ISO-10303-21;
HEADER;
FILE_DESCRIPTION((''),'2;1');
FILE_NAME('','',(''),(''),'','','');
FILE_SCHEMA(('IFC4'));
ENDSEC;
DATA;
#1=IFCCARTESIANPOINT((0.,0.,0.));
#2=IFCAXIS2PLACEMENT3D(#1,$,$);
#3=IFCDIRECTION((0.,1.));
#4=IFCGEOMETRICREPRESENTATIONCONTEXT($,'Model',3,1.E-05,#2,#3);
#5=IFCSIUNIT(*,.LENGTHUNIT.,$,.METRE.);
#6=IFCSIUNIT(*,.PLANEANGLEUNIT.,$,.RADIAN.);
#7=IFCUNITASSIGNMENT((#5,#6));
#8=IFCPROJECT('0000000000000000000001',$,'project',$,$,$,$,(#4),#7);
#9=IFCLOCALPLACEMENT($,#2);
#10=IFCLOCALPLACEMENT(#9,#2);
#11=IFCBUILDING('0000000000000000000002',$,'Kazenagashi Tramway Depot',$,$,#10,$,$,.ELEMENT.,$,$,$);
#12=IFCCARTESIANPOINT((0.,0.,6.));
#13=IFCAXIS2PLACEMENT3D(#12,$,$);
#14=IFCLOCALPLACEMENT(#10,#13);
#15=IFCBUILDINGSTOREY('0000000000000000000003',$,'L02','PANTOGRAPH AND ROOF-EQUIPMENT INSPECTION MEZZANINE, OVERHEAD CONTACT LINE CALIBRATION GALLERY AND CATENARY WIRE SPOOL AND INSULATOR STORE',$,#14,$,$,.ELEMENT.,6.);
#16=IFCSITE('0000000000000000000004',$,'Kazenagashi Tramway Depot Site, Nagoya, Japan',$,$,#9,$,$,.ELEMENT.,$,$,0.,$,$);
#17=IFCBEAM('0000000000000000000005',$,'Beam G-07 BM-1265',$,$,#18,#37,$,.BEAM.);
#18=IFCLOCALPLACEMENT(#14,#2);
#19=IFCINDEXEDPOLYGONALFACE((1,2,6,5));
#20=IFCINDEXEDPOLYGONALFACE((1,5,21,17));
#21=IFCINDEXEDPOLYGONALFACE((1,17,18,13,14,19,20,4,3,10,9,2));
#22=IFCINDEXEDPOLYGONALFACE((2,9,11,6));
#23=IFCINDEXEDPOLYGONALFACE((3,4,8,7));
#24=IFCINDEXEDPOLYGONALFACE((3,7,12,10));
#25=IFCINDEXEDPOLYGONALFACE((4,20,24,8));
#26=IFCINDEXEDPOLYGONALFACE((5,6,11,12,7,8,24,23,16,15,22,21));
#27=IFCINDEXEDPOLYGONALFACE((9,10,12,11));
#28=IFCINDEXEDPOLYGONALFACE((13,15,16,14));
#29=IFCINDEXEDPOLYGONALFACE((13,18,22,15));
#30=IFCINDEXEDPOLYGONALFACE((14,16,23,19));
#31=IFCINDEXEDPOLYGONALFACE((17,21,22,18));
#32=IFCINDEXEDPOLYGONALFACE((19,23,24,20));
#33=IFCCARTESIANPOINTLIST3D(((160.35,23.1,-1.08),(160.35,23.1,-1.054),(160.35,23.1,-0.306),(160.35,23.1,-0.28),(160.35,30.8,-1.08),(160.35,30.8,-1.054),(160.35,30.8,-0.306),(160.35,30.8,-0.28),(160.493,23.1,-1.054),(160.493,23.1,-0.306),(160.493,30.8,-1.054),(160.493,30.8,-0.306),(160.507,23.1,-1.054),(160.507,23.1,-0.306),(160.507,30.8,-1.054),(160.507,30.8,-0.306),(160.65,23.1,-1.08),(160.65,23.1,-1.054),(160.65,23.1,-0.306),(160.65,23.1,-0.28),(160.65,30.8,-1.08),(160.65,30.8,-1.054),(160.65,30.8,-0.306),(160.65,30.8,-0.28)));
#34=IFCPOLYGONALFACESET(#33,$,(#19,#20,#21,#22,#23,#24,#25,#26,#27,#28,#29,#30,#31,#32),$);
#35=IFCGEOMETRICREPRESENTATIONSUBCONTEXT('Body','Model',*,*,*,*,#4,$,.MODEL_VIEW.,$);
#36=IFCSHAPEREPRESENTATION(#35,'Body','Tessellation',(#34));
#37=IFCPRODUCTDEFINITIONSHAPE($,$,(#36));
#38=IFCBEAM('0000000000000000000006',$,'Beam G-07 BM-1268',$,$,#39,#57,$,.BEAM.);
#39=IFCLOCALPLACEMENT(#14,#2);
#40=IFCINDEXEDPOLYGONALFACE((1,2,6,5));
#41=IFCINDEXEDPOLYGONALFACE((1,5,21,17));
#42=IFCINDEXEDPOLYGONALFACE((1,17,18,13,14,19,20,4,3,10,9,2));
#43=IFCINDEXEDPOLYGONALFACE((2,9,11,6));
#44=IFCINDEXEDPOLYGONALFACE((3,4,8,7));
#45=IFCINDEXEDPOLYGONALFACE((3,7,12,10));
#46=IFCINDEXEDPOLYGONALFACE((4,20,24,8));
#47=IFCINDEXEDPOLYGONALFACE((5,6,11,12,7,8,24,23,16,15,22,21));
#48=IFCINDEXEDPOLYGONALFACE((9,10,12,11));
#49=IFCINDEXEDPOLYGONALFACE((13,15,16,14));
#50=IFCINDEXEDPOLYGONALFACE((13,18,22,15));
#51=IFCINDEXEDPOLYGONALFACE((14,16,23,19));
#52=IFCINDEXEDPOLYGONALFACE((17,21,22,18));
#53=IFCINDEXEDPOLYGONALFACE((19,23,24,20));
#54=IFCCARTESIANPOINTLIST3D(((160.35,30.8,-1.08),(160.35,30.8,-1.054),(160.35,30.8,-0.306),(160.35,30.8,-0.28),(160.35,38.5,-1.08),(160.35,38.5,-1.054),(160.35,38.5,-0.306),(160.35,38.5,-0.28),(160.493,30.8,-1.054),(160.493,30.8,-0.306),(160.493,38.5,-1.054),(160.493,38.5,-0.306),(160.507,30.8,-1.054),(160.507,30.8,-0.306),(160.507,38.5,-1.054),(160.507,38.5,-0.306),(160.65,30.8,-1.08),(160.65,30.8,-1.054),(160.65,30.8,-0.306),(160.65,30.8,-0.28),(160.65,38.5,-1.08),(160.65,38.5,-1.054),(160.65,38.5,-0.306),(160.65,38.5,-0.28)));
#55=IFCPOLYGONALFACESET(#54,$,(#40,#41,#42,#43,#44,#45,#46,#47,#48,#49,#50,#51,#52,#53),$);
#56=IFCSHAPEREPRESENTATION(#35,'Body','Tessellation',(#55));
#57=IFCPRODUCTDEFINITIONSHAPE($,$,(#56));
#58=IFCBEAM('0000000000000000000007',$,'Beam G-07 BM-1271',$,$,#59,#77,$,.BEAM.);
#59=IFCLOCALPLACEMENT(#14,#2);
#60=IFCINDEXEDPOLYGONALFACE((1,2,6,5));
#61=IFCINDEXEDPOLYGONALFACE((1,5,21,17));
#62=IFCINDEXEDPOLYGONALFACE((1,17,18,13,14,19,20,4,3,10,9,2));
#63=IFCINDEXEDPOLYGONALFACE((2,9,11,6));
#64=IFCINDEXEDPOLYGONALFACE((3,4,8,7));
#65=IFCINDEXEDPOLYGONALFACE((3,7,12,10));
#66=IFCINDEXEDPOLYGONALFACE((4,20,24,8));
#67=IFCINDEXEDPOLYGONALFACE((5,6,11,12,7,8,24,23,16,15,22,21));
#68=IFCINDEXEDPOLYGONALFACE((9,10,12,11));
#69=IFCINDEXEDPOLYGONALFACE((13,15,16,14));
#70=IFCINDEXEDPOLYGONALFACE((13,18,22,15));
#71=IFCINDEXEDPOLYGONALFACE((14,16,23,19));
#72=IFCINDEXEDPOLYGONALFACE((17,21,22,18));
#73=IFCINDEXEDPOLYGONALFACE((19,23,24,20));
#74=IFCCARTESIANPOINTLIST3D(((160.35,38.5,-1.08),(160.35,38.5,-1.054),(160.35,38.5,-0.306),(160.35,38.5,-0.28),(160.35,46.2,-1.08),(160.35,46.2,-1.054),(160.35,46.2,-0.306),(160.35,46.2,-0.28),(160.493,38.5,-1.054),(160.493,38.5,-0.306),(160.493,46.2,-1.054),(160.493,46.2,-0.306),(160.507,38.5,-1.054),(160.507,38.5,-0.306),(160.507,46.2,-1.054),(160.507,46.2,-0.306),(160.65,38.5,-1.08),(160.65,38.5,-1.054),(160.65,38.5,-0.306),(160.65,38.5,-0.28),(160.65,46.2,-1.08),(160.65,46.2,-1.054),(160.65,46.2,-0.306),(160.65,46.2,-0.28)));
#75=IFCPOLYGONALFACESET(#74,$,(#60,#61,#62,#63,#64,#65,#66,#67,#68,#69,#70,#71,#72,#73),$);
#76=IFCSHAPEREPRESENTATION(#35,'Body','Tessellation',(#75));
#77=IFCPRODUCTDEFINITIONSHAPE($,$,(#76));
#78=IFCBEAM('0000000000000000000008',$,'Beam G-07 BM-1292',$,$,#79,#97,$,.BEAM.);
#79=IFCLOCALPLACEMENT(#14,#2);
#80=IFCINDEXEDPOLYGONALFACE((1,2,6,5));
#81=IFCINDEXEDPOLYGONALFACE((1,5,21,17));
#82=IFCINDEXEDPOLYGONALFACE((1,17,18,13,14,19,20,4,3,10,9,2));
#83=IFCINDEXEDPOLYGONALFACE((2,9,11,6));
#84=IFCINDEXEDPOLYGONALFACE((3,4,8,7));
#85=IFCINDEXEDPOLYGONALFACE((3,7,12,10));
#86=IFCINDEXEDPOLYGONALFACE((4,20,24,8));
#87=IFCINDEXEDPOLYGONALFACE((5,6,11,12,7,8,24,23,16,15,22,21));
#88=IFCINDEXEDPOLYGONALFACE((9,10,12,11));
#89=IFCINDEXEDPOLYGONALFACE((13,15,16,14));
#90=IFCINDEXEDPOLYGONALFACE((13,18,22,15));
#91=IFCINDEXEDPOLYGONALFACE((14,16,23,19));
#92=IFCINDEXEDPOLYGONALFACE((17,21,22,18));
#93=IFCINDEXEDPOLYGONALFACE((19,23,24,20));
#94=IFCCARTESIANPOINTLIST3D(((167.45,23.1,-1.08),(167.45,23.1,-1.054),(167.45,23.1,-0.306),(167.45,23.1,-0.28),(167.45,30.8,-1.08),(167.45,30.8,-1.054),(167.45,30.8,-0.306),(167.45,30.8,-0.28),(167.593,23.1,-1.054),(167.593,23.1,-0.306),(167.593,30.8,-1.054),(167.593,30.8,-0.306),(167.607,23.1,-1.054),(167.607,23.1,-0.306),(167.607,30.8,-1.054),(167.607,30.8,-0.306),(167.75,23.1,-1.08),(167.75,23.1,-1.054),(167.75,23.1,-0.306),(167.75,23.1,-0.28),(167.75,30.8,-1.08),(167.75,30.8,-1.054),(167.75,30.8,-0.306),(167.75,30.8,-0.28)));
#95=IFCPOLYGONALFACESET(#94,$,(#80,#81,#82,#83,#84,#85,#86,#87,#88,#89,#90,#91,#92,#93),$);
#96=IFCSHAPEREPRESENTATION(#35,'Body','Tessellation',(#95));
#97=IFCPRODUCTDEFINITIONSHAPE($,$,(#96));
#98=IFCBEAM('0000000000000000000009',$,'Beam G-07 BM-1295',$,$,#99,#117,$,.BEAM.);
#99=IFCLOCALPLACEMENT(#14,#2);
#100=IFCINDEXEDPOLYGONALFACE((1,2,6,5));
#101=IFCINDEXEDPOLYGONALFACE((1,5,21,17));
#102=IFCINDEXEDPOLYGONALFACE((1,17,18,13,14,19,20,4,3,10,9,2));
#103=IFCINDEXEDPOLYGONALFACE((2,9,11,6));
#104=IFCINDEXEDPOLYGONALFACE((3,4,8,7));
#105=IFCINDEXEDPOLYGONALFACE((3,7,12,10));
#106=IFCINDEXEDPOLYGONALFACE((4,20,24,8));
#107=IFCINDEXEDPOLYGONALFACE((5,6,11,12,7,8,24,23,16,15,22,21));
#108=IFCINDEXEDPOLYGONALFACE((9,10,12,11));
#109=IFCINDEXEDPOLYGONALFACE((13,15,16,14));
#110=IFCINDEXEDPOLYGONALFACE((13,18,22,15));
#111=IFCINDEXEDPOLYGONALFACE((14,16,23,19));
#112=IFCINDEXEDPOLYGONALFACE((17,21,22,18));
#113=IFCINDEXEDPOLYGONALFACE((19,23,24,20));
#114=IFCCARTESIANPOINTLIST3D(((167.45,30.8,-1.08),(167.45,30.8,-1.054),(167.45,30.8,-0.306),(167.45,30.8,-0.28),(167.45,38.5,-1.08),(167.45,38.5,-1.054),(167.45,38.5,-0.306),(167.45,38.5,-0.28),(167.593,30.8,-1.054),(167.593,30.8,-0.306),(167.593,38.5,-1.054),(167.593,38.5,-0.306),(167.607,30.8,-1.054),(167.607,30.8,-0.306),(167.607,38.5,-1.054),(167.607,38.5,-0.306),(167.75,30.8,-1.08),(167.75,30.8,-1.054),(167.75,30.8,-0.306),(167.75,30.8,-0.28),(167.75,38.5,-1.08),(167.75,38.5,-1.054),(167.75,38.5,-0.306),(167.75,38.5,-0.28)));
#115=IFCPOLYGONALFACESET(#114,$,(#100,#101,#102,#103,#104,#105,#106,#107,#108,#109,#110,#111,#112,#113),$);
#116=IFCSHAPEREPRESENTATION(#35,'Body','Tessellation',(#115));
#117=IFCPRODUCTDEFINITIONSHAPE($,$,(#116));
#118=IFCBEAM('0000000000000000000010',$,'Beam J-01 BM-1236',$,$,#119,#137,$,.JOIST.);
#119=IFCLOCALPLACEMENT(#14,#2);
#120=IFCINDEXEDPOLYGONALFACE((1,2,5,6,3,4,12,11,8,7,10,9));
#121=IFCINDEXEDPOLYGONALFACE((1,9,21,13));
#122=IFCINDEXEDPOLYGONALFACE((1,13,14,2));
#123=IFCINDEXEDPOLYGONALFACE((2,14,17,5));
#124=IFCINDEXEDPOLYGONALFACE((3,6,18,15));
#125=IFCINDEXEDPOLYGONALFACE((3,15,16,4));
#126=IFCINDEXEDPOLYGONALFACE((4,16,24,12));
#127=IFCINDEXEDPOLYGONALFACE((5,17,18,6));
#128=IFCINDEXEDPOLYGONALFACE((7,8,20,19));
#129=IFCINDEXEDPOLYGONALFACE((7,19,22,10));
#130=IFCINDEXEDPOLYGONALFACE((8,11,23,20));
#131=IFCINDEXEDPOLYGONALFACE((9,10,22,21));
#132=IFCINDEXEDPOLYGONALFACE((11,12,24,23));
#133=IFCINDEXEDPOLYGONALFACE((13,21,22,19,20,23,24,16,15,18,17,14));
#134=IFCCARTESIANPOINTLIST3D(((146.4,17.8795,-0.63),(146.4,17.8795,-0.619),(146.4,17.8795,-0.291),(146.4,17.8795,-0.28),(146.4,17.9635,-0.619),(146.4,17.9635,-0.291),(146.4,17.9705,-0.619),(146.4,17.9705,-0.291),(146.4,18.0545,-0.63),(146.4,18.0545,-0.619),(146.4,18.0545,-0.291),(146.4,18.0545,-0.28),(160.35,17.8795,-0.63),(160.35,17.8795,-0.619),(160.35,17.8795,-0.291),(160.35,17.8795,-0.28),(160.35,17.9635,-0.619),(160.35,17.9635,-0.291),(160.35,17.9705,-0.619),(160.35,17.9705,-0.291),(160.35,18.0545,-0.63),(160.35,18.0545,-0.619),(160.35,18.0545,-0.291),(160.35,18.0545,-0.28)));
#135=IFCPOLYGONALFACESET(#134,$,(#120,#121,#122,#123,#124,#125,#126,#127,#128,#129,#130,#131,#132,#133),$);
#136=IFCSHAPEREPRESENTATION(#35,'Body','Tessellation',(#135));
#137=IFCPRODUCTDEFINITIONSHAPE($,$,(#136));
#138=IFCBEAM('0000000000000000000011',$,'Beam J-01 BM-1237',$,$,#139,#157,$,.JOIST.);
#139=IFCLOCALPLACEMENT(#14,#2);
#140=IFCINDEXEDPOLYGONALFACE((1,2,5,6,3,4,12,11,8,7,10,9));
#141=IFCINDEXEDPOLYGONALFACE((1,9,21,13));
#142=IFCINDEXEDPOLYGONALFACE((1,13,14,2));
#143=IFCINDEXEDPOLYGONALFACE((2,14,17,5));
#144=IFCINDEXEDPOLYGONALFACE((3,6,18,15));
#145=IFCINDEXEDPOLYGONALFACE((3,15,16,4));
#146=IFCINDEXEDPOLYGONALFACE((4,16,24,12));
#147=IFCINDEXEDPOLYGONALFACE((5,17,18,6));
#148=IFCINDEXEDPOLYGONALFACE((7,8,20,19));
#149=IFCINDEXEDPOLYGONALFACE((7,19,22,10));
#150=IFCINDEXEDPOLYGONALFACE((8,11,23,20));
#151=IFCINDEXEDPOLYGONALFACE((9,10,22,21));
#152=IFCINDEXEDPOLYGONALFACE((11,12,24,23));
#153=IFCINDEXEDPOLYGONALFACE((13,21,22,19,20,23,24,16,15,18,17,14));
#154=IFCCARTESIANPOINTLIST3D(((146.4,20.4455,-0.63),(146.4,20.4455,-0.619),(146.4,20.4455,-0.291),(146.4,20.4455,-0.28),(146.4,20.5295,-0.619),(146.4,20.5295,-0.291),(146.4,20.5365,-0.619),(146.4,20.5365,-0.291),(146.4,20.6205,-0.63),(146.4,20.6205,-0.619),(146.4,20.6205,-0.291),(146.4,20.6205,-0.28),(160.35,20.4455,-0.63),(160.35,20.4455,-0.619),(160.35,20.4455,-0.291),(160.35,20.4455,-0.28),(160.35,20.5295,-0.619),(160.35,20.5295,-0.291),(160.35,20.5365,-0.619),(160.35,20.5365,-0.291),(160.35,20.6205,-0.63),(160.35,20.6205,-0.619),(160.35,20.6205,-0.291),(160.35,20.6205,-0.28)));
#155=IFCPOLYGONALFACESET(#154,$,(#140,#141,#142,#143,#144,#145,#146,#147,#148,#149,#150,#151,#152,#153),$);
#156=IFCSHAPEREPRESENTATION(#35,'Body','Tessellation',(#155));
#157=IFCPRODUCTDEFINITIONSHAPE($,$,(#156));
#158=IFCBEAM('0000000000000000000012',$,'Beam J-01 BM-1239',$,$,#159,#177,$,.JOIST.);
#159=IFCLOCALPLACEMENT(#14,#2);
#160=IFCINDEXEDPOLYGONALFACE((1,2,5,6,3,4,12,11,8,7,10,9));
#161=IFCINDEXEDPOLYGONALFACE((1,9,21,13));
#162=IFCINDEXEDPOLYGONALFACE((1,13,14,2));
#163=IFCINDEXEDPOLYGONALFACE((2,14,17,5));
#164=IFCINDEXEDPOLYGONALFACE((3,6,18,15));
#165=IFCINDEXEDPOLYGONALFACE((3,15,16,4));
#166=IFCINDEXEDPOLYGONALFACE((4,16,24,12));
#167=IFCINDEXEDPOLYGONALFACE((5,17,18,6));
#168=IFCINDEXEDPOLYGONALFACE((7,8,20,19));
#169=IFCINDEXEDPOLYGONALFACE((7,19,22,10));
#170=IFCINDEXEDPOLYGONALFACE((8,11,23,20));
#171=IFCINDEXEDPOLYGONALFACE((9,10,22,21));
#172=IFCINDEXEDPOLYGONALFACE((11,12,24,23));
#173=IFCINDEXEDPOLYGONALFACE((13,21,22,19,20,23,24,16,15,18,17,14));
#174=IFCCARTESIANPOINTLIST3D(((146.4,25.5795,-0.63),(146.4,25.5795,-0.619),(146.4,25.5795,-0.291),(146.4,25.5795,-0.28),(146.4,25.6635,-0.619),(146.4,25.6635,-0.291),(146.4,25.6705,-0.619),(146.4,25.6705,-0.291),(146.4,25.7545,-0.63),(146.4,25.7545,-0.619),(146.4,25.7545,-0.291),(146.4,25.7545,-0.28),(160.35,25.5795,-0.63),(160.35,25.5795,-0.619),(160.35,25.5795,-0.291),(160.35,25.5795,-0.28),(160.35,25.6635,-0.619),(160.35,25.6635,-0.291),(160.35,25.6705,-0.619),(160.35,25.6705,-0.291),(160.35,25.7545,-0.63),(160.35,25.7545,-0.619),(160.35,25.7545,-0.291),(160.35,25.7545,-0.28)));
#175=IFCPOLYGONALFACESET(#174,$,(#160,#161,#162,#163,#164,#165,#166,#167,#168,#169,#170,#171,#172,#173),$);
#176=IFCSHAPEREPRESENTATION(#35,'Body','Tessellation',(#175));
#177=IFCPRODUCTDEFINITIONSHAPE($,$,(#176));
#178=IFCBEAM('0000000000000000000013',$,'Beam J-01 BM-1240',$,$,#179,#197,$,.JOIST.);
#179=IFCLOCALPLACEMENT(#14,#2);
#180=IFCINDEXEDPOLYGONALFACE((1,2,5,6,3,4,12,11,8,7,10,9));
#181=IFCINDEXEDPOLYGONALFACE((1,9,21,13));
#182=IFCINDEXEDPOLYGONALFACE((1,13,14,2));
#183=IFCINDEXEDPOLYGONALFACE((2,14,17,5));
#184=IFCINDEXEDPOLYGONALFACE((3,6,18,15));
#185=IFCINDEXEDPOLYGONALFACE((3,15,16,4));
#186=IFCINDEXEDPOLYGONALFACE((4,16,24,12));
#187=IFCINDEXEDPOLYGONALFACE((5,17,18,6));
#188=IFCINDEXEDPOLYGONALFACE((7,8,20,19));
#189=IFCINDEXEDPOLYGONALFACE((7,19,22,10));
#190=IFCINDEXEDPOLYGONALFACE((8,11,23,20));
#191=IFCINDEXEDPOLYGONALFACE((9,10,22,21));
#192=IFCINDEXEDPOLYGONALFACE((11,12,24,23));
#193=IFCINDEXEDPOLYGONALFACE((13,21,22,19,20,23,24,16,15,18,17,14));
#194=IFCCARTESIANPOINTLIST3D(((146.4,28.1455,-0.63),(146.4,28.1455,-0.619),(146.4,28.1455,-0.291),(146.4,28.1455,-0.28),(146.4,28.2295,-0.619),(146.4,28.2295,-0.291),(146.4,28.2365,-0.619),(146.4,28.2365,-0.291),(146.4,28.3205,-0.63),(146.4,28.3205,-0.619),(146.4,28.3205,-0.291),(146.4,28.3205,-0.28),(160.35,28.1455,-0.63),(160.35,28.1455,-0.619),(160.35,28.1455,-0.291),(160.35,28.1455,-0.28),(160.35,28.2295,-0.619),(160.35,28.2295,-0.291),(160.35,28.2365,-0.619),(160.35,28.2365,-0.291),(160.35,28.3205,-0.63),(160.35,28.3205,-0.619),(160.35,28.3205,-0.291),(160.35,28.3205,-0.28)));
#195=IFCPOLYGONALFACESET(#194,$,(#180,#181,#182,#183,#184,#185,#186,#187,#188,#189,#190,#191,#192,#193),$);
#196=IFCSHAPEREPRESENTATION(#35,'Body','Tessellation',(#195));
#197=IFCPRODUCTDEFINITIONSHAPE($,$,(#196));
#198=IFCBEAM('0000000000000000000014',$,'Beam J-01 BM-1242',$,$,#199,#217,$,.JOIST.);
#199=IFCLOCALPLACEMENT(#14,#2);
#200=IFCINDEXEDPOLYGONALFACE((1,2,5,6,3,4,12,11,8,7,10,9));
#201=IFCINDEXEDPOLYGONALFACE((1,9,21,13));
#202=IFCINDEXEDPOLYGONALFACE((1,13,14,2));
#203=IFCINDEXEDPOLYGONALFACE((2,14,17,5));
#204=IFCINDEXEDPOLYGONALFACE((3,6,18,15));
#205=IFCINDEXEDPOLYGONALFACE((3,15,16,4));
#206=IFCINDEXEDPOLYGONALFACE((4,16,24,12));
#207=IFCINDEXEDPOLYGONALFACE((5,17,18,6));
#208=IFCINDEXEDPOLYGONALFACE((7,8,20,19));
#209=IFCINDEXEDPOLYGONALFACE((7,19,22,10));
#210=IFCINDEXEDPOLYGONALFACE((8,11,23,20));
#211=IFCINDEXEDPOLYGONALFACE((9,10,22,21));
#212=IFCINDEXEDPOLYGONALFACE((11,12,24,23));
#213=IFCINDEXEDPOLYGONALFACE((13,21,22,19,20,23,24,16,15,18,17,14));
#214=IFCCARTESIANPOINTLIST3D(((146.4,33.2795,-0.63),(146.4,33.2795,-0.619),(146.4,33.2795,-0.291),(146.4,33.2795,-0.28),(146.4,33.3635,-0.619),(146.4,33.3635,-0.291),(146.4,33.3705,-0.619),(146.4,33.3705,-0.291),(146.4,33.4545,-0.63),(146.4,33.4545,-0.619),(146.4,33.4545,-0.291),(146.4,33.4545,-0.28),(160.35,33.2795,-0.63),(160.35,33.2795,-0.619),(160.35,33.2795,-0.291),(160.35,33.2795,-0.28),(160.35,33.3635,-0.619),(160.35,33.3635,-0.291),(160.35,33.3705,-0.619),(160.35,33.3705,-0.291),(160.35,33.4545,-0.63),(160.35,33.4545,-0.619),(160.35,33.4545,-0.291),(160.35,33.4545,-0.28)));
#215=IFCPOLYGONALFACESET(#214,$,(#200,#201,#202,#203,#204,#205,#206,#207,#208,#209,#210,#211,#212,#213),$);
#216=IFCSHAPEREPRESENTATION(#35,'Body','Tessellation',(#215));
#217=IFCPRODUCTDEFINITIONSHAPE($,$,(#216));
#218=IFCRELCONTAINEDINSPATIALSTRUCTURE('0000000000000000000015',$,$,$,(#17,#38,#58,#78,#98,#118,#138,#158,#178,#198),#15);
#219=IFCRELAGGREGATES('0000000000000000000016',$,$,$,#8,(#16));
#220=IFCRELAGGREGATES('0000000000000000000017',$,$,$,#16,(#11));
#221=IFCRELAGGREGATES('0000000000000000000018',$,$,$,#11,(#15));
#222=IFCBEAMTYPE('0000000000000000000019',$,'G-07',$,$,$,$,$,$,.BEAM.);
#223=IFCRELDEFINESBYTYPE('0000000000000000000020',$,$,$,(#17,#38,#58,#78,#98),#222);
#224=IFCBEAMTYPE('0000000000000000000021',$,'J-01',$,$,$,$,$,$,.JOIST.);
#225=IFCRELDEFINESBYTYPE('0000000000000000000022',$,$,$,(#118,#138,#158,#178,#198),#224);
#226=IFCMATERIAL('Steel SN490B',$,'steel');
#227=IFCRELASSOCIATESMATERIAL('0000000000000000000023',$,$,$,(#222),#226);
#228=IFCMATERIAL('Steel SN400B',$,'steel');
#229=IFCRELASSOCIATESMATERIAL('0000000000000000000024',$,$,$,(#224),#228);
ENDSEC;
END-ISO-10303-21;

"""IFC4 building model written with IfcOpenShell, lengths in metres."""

from ifc_helpers import new_model, si_unit, direction, frame, origin, origin_2d, place, context, subcontext, project, spatial, i_section, extrude, material, material_profile, profile_set, type_object, element, save


model = new_model("IFC4")

# Units and contexts
model_context = context("Model", 3, precision=1e-05, world=origin(), true_north=direction((0.0, 1.0)))
body_context = subcontext(model_context, "Body", "Model", "MODEL_VIEW")
ifc_project = project(units=[si_unit("LENGTHUNIT", "METRE"), si_unit("PLANEANGLEUNIT", "RADIAN")], contexts=[model_context])

# Site, building, storey
site_placement = place(None, origin())
site = spatial("IfcSite", under=ifc_project, at=site_placement, Name="Kazenagashi Tramway Depot Site, Nagoya, Japan", CompositionType="ELEMENT", RefElevation=0.0)
building_placement = place(site_placement, origin())
building = spatial("IfcBuilding", under=site, at=building_placement, Name="Kazenagashi Tramway Depot", CompositionType="ELEMENT")
storey_placement = place(building_placement, frame((0.0, 0.0, 6.0)))
storey = spatial("IfcBuildingStorey", under=building, at=storey_placement, Name="L02", Description="PANTOGRAPH AND ROOF-EQUIPMENT INSPECTION MEZZANINE, OVERHEAD CONTACT LINE CALIBRATION GALLERY AND CATENARY WIRE SPOOL AND INSULATOR STORE", CompositionType="ELEMENT", Elevation=6.0)

# Shared definitions
ifc_material_1 = material(Name="Steel SN490B", Category="steel")

# Beams
ifc_material_profile_1 = material_profile(ifc_material_1, i_section(OverallWidth=0.3, OverallDepth=0.8, WebThickness=0.014, FlangeThickness=0.026, at=origin_2d()), Name="H-800x300x14x26")
ifc_profile_set_1 = profile_set([ifc_material_profile_1], Name="Steel SN490B")
beam_type_1 = type_object("IfcBeamType", Name="G-07", PredefinedType="BEAM", material=ifc_profile_set_1)
for number, where, z_axis, x_axis, name in (
    (1, (160.5, 23.1, -0.68), (0.0, 1.0, 0.0), (-1.0, 0.0, 0.0), "Beam G-07 BM-1265"),
    (2, (160.5, 30.8, -0.68), (0.0, 1.0, 0.0), (-1.0, 0.0, 0.0), "Beam G-07 BM-1268"),
    (3, (160.5, 38.5, -0.68), (0.0, 1.0, 0.0), (-1.0, 0.0, 0.0), "Beam G-07 BM-1271"),
    (4, (167.6, 23.1, -0.68), (0.0, 1.0, 0.0), (-1.0, 0.0, 0.0), "Beam G-07 BM-1292"),
    (5, (167.6, 30.8, -0.68), (0.0, 1.0, 0.0), (-1.0, 0.0, 0.0), "Beam G-07 BM-1295"),
):
    element("IfcBeam", number, at=place(storey_placement, frame(where, z_axis=z_axis, x_axis=x_axis)), inside=storey, type_object=beam_type_1, Name=name, PredefinedType="BEAM", context=body_context, shape_type="SweptSolid", body=[
        extrude(i_section(OverallWidth=0.3, OverallDepth=0.8, WebThickness=0.014, FlangeThickness=0.026, at=origin_2d()), origin(), (0.0, 0.0, 1.0), 7.7),
    ])
ifc_material_2 = material(Name="Steel SN400B", Category="steel")
ifc_material_profile_2 = material_profile(ifc_material_2, i_section(OverallWidth=0.175, OverallDepth=0.35, WebThickness=0.007, FlangeThickness=0.011, at=origin_2d()), Name="H-350x175x7x11")
ifc_profile_set_2 = profile_set([ifc_material_profile_2], Name="Steel SN400B")
beam_type_2 = type_object("IfcBeamType", Name="J-01", PredefinedType="JOIST", material=ifc_profile_set_2)
for number, where, z_axis, x_axis, name in (
    (6, (146.4, 17.967, -0.455), (1.0, 0.0, 0.0), (0.0, 1.0, 0.0), "Beam J-01 BM-1236"),
    (7, (146.4, 20.533, -0.455), (1.0, 0.0, 0.0), (0.0, 1.0, 0.0), "Beam J-01 BM-1237"),
    (8, (146.4, 25.667, -0.455), (1.0, 0.0, 0.0), (0.0, 1.0, 0.0), "Beam J-01 BM-1239"),
    (9, (146.4, 28.233, -0.455), (1.0, 0.0, 0.0), (0.0, 1.0, 0.0), "Beam J-01 BM-1240"),
    (10, (146.4, 33.367, -0.455), (1.0, 0.0, 0.0), (0.0, 1.0, 0.0), "Beam J-01 BM-1242"),
):
    element("IfcBeam", number, at=place(storey_placement, frame(where, z_axis=z_axis, x_axis=x_axis)), inside=storey, type_object=beam_type_2, Name=name, PredefinedType="JOIST", context=body_context, shape_type="SweptSolid", body=[
        extrude(i_section(OverallWidth=0.175, OverallDepth=0.35, WebThickness=0.007, FlangeThickness=0.011, at=origin_2d()), origin(), (0.0, 0.0, 1.0), 13.95),
    ])

save(model, "model.ifc")
